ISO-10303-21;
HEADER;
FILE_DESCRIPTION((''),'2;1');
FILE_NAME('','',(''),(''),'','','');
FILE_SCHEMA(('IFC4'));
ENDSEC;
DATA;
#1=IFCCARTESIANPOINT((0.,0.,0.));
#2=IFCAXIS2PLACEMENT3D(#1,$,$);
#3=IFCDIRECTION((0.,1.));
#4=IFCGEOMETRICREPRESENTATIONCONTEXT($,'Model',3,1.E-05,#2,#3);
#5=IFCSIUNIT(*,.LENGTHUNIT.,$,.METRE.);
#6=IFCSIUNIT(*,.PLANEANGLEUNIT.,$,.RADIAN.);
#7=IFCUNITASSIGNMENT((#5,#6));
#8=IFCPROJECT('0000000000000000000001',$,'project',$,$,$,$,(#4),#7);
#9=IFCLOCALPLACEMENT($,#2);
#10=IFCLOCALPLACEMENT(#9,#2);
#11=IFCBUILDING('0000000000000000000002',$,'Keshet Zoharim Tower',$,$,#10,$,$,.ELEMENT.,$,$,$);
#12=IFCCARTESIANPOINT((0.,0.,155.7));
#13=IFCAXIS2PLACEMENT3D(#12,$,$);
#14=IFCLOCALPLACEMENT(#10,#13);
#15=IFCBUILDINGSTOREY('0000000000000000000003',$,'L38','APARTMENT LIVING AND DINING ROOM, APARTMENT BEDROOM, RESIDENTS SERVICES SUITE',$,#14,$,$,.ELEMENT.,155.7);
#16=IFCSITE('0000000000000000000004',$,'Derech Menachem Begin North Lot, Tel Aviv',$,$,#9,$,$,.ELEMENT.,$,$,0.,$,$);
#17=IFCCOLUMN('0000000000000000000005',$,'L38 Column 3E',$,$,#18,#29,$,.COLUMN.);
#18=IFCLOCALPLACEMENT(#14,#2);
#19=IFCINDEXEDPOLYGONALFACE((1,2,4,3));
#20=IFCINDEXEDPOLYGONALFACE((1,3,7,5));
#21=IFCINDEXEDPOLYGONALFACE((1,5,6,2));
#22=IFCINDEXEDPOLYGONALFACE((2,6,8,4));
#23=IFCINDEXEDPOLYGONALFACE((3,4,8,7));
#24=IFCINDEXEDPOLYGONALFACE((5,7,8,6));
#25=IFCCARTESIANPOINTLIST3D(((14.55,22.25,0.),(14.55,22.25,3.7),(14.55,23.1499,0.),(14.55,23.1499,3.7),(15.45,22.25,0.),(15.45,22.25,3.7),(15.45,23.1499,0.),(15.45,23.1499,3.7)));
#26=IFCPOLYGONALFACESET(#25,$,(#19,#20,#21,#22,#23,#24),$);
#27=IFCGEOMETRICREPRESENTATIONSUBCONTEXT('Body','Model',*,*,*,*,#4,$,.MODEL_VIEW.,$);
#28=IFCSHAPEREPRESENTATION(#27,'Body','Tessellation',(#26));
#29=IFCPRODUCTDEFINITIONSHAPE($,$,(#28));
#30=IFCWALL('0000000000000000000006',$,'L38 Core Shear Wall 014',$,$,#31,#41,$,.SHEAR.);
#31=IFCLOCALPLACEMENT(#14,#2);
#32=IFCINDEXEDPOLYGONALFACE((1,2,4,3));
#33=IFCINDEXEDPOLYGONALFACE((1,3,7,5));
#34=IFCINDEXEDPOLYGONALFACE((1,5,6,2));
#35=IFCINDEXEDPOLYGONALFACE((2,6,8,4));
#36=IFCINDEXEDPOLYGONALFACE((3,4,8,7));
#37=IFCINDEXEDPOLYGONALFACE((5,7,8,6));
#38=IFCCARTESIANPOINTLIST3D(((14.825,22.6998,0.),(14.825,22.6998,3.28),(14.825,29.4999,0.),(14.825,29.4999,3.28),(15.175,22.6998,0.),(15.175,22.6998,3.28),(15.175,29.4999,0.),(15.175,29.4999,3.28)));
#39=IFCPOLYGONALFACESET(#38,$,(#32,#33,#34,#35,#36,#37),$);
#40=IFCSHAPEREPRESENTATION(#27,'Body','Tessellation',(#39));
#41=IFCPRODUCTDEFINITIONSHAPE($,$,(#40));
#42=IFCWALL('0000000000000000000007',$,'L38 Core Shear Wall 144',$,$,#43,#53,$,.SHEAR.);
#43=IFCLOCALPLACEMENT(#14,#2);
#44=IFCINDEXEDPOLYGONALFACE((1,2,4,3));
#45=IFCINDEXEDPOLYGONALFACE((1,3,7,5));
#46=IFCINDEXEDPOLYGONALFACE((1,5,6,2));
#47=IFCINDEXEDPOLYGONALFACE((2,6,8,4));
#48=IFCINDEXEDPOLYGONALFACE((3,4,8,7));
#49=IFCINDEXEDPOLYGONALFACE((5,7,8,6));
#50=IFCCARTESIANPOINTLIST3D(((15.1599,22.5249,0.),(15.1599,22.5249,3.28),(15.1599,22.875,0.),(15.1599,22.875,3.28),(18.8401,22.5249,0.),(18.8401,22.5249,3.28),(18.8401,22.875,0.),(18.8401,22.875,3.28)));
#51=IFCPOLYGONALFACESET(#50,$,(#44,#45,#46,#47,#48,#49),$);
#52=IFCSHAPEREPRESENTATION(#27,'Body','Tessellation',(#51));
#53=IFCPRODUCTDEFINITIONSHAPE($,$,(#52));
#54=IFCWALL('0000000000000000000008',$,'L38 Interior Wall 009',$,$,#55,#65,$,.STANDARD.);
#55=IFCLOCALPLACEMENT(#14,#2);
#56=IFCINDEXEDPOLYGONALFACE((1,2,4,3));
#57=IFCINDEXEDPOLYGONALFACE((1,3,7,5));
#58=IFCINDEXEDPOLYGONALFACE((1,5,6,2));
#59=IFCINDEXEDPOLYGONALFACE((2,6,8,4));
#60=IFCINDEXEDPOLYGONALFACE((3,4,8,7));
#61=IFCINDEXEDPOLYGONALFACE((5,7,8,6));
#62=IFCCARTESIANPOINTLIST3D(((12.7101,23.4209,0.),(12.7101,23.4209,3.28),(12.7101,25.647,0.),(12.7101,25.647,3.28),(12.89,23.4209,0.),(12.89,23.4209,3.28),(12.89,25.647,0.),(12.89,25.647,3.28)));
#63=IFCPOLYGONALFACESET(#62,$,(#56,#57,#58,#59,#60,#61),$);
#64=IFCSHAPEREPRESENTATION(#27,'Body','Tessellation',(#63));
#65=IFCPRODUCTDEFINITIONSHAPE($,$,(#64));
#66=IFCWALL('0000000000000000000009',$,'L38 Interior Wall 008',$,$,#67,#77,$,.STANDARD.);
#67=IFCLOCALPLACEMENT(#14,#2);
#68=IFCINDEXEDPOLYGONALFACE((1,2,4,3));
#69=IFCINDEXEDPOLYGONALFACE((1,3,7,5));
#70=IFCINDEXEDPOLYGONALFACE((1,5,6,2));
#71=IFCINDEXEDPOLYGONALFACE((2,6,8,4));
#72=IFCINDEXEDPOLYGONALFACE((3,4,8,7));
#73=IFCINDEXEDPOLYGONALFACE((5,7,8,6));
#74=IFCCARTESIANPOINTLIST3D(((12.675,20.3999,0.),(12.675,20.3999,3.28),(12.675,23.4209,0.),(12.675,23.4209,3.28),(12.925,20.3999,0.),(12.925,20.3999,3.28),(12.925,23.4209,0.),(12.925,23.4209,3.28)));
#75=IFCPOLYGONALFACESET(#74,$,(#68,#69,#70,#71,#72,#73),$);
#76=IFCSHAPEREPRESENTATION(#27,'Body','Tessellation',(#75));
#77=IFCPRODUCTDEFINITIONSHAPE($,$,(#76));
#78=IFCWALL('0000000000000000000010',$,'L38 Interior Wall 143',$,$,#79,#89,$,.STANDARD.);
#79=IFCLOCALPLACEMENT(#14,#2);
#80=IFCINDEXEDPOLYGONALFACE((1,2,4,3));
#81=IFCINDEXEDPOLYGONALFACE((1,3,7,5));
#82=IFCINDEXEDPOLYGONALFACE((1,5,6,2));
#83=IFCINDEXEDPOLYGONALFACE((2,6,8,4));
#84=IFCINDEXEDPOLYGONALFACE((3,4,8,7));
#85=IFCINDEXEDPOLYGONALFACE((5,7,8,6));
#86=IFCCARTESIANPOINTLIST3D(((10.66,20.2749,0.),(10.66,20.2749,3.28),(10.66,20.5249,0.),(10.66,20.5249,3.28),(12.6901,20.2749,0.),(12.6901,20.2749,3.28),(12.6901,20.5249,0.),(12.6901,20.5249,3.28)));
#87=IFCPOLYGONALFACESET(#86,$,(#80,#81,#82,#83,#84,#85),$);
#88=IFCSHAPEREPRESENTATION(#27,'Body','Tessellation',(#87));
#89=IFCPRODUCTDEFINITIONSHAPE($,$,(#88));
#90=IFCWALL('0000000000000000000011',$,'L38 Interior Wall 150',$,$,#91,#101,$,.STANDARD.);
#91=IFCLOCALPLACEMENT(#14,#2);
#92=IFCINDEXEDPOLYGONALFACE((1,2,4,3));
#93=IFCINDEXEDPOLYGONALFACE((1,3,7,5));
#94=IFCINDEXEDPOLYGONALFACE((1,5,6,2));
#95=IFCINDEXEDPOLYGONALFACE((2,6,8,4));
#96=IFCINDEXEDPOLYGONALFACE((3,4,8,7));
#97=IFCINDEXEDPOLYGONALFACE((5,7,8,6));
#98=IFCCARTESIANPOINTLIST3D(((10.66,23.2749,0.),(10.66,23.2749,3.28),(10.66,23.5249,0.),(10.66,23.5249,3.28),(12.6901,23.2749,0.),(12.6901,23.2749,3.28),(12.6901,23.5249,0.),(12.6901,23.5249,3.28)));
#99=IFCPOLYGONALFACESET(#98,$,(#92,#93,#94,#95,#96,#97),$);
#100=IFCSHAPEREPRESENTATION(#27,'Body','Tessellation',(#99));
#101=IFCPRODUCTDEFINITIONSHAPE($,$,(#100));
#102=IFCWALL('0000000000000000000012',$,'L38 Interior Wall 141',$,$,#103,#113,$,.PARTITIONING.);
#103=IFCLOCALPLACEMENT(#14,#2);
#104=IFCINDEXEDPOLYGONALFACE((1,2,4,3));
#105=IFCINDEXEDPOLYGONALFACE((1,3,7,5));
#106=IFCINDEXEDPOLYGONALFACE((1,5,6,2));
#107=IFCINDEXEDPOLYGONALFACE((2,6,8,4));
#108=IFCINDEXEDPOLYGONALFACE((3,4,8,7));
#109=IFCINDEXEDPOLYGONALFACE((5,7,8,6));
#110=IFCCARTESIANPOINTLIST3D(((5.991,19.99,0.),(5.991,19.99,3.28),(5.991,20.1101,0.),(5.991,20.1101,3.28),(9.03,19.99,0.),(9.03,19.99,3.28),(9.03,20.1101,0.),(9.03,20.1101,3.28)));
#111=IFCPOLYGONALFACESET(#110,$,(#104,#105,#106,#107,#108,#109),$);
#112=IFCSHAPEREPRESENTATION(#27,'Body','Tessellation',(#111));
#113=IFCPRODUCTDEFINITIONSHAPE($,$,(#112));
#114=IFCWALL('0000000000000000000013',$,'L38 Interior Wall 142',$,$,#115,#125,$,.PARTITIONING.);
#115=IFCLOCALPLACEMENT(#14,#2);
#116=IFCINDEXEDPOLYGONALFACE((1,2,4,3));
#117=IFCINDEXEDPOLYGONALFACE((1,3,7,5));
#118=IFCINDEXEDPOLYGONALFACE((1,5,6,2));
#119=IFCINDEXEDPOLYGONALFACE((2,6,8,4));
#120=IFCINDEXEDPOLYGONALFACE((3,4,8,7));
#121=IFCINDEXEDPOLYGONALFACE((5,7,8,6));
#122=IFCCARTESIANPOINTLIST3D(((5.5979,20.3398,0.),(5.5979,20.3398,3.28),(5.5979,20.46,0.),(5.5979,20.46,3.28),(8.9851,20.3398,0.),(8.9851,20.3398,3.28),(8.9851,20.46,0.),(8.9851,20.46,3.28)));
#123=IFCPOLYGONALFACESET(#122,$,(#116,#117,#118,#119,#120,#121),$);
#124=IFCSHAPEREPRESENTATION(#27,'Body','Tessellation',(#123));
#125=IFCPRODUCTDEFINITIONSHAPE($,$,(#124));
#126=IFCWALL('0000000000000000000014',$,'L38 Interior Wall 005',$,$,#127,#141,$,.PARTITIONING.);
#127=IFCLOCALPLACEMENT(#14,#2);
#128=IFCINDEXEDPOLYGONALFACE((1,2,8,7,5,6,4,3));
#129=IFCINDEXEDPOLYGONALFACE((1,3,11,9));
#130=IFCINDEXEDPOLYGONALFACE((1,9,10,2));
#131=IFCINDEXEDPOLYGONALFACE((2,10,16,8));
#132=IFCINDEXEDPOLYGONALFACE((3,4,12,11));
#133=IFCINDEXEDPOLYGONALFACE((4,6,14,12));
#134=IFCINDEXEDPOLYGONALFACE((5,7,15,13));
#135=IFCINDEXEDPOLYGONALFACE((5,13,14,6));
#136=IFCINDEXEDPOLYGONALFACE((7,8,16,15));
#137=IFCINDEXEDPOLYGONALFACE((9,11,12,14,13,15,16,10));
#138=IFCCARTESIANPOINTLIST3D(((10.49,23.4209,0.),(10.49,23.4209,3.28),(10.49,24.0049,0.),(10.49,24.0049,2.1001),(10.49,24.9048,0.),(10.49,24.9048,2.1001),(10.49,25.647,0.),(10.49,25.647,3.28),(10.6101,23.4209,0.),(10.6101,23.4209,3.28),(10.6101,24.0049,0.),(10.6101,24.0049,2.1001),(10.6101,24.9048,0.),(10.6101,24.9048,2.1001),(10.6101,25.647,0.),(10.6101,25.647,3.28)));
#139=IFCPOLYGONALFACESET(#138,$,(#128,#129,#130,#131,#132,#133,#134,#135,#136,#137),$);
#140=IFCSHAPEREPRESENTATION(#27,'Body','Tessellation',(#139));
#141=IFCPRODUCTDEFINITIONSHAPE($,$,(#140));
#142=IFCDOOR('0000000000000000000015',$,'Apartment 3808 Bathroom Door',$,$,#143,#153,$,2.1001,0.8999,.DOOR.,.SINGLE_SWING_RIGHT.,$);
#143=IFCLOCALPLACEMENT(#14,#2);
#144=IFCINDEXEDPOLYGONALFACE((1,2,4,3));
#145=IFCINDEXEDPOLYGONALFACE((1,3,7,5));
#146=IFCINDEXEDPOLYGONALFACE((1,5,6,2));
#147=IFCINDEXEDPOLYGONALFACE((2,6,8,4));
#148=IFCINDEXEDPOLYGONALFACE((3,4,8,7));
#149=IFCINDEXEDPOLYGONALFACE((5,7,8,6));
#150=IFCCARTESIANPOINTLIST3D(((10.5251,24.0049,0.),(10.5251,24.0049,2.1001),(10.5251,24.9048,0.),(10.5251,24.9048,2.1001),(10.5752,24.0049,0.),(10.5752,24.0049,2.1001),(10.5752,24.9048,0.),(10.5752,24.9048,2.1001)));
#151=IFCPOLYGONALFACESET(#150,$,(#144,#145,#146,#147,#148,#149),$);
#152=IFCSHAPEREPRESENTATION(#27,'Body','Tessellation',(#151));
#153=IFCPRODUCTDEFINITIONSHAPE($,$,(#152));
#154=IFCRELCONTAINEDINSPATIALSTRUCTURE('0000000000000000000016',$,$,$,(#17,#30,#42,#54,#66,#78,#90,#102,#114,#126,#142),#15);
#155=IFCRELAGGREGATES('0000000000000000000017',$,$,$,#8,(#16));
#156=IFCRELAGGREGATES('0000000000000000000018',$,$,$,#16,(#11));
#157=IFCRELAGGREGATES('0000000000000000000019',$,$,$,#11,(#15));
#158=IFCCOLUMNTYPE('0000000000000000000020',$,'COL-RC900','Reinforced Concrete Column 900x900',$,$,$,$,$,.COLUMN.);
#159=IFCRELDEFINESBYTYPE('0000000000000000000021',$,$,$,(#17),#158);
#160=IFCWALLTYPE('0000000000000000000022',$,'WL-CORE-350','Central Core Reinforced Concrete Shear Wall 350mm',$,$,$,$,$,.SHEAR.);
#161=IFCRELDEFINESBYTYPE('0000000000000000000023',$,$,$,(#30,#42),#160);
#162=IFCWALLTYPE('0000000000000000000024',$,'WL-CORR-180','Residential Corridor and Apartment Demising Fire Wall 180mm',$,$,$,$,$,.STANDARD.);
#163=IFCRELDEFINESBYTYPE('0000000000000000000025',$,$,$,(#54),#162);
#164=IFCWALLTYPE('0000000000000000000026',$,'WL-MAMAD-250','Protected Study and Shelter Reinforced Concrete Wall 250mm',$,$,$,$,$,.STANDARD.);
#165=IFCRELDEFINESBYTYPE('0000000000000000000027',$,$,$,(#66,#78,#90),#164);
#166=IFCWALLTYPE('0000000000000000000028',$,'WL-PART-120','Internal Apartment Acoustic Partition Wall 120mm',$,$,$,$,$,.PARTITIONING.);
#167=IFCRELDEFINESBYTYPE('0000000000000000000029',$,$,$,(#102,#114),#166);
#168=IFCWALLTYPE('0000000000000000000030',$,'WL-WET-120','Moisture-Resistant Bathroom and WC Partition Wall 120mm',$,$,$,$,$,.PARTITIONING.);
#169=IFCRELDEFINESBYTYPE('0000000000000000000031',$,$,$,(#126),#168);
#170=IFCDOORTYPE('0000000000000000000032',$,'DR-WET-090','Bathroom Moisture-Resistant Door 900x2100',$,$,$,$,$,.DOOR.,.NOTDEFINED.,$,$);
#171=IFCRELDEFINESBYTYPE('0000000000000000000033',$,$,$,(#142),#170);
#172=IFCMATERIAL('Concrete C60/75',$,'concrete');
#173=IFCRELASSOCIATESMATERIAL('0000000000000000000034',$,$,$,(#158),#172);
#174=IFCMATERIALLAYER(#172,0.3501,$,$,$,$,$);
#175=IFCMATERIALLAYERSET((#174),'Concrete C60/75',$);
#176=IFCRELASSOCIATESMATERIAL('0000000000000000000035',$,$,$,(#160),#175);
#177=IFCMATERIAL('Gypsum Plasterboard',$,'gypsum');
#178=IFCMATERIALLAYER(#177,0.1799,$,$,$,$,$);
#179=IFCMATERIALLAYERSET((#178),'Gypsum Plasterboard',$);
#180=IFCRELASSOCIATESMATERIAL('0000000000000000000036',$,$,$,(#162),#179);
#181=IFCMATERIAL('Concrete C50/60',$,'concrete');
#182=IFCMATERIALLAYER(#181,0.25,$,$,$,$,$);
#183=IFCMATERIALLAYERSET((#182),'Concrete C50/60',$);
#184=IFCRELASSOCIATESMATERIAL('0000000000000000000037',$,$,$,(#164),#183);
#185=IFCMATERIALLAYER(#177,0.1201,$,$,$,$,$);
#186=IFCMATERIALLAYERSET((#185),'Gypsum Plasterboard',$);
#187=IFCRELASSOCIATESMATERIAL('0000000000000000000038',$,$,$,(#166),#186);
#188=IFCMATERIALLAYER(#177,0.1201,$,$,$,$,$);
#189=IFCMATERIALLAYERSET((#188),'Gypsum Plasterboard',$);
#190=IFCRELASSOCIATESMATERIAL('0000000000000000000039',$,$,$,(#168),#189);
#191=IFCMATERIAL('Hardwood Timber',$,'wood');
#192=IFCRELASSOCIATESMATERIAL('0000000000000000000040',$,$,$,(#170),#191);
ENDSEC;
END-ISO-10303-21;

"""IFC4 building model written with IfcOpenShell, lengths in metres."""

from ifc_helpers import new_model, si_unit, direction, frame, frame_2d, origin, origin_2d, place, context, subcontext, project, spatial, rectangle, extrude, material, layer, layer_set, material_profile, profile_set, type_object, element, fill, save


model = new_model("IFC4")

# Units and contexts
model_context = context("Model", 3, precision=1e-05, world=origin(), true_north=direction((0.0, 1.0)))
body_context = subcontext(model_context, "Body", "Model", "MODEL_VIEW")
ifc_project = project(units=[si_unit("LENGTHUNIT", "METRE"), si_unit("PLANEANGLEUNIT", "RADIAN")], contexts=[model_context])

# Site, building, storey
site_placement = place(None, origin())
site = spatial("IfcSite", under=ifc_project, at=site_placement, Name="Derech Menachem Begin North Lot, Tel Aviv", CompositionType="ELEMENT", RefElevation=0.0)
building_placement = place(site_placement, origin())
building = spatial("IfcBuilding", under=site, at=building_placement, Name="Keshet Zoharim Tower", CompositionType="ELEMENT")
storey_placement = place(building_placement, frame((0.0, 0.0, 155.7)))
storey = spatial("IfcBuildingStorey", under=building, at=storey_placement, Name="L38", Description="APARTMENT LIVING AND DINING ROOM, APARTMENT BEDROOM, RESIDENTS SERVICES SUITE", CompositionType="ELEMENT", Elevation=155.7)

# Column
ifc_material_1 = material(Name="Concrete C60/75", Category="concrete")
ifc_material_profile = material_profile(ifc_material_1, rectangle(XDim=0.8999, YDim=0.8999, at=origin_2d()), Name="RC900x900")
ifc_profile_set = profile_set([ifc_material_profile], Name="Concrete C60/75")
column_type = type_object("IfcColumnType", Name="COL-RC900", Description="Reinforced Concrete Column 900x900", PredefinedType="COLUMN", material=ifc_profile_set)
column_placement = place(storey_placement, frame((15.0, 22.7, 0.0), z_axis=(0.0, 0.0, 1.0), x_axis=(1.0, 0.0, 0.0)))
element("IfcColumn", 1, at=column_placement, inside=storey, type_object=column_type, Name="L38 Column 3E", PredefinedType="COLUMN", context=body_context, shape_type="SweptSolid", body=[
    extrude(rectangle(XDim=0.8999, YDim=0.8999, at=origin_2d()), origin(), (0.0, 0.0, 1.0), 3.7),
])

# Walls
ifc_layer_1 = layer(ifc_material_1, 0.3501)
ifc_layer_set_1 = layer_set([ifc_layer_1], Name="Concrete C60/75")
wall_type_1 = type_object("IfcWallType", Name="WL-CORE-350", Description="Central Core Reinforced Concrete Shear Wall 350mm", PredefinedType="SHEAR", material=ifc_layer_set_1)
wall_1_placement = place(storey_placement, frame((15.0, 22.7, 0.0), z_axis=(0.0, 0.0, 1.0), x_axis=(0.0, 1.0, 0.0)))
element("IfcWall", 2, at=wall_1_placement, inside=storey, type_object=wall_type_1, Name="L38 Core Shear Wall 014", PredefinedType="SHEAR", context=body_context, shape_type="SweptSolid", body=[
    extrude(rectangle(XDim=6.8, YDim=0.3501, at=frame_2d((3.3999, 0.0))), origin(), (0.0, 0.0, 1.0), 3.28),
])
wall_2_placement = place(storey_placement, frame((15.1599, 22.7, 0.0), z_axis=(0.0, 0.0, 1.0), x_axis=(1.0, 0.0, 0.0)))
element("IfcWall", 3, at=wall_2_placement, inside=storey, type_object=wall_type_1, Name="L38 Core Shear Wall 144", PredefinedType="SHEAR", context=body_context, shape_type="SweptSolid", body=[
    extrude(rectangle(XDim=3.6802, YDim=0.3501, at=frame_2d((1.8401, 0.0))), origin(), (0.0, 0.0, 1.0), 3.28),
])
ifc_material_2 = material(Name="Gypsum Plasterboard", Category="gypsum")
ifc_layer_2 = layer(ifc_material_2, 0.1799)
ifc_layer_set_2 = layer_set([ifc_layer_2], Name="Gypsum Plasterboard")
wall_type_2 = type_object("IfcWallType", Name="WL-CORR-180", Description="Residential Corridor and Apartment Demising Fire Wall 180mm", PredefinedType="STANDARD", material=ifc_layer_set_2)
wall_3_placement = place(storey_placement, frame((12.8, 23.4209, 0.0), z_axis=(0.0, 0.0, 1.0), x_axis=(0.0, 1.0, 0.0)))
element("IfcWall", 4, at=wall_3_placement, inside=storey, type_object=wall_type_2, Name="L38 Interior Wall 009", PredefinedType="STANDARD", context=body_context, shape_type="SweptSolid", body=[
    extrude(rectangle(XDim=2.2261, YDim=0.1799, at=frame_2d((1.113, 0.0))), origin(), (0.0, 0.0, 1.0), 3.28),
])

# Shared definitions
ifc_material_3 = material(Name="Concrete C50/60", Category="concrete")
ifc_material_4 = material(Name="Hardwood Timber", Category="wood")
ifc_layer_3 = layer(ifc_material_3, 0.25)
ifc_layer_set_3 = layer_set([ifc_layer_3], Name="Concrete C50/60")
wall_type_3 = type_object("IfcWallType", Name="WL-MAMAD-250", Description="Protected Study and Shelter Reinforced Concrete Wall 250mm", PredefinedType="STANDARD", material=ifc_layer_set_3)

# Walls
wall_4_placement = place(storey_placement, frame((12.8, 20.3999, 0.0), z_axis=(0.0, 0.0, 1.0), x_axis=(0.0, 1.0, 0.0)))
element("IfcWall", 5, at=wall_4_placement, inside=storey, type_object=wall_type_3, Name="L38 Interior Wall 008", PredefinedType="STANDARD", context=body_context, shape_type="SweptSolid", body=[
    extrude(rectangle(XDim=3.021, YDim=0.25, at=frame_2d((1.5105, 0.0))), origin(), (0.0, 0.0, 1.0), 3.28),
])
for number, where, z_axis, x_axis, name in (
    (6, (10.6599, 20.3999, 0.0), (0.0, 0.0, 1.0), (1.0, 0.0, 0.0), "L38 Interior Wall 143"),
    (7, (10.6599, 23.3999, 0.0), (0.0, 0.0, 1.0), (1.0, 0.0, 0.0), "L38 Interior Wall 150"),
):
    element("IfcWall", number, at=place(storey_placement, frame(where, z_axis=z_axis, x_axis=x_axis)), inside=storey, type_object=wall_type_3, Name=name, PredefinedType="STANDARD", context=body_context, shape_type="SweptSolid", body=[
        extrude(rectangle(XDim=2.03, YDim=0.25, at=frame_2d((1.0151, 0.0))), origin(), (0.0, 0.0, 1.0), 3.28),
    ])

# Shared definitions
ifc_layer_4 = layer(ifc_material_2, 0.1201)
ifc_layer_set_4 = layer_set([ifc_layer_4], Name="Gypsum Plasterboard")
wall_type_4 = type_object("IfcWallType", Name="WL-PART-120", Description="Internal Apartment Acoustic Partition Wall 120mm", PredefinedType="PARTITIONING", material=ifc_layer_set_4)

# Walls
wall_5_placement = place(storey_placement, frame((5.991, 20.05, 0.0), z_axis=(0.0, 0.0, 1.0), x_axis=(1.0, 0.0, 0.0)))
element("IfcWall", 8, at=wall_5_placement, inside=storey, type_object=wall_type_4, Name="L38 Interior Wall 141", PredefinedType="PARTITIONING", context=body_context, shape_type="SweptSolid", body=[
    extrude(rectangle(XDim=3.0391, YDim=0.1201, at=frame_2d((1.5195, 0.0))), origin(), (0.0, 0.0, 1.0), 3.28),
])
wall_6_placement = place(storey_placement, frame((5.5979, 20.3999, 0.0), z_axis=(0.0, 0.0, 1.0), x_axis=(1.0, 0.0, 0.0)))
element("IfcWall", 9, at=wall_6_placement, inside=storey, type_object=wall_type_4, Name="L38 Interior Wall 142", PredefinedType="PARTITIONING", context=body_context, shape_type="SweptSolid", body=[
    extrude(rectangle(XDim=3.3872, YDim=0.1201, at=frame_2d((1.6936, 0.0))), origin(), (0.0, 0.0, 1.0), 3.28),
])

# Wall, opening, door
ifc_layer_5 = layer(ifc_material_2, 0.1201)
ifc_layer_set_5 = layer_set([ifc_layer_5], Name="Gypsum Plasterboard")
wall_type_5 = type_object("IfcWallType", Name="WL-WET-120", Description="Moisture-Resistant Bathroom and WC Partition Wall 120mm", PredefinedType="PARTITIONING", material=ifc_layer_set_5)
wall_7_placement = place(storey_placement, frame((10.55, 23.4209, 0.0), z_axis=(0.0, 0.0, 1.0), x_axis=(0.0, 1.0, 0.0)))
wall_7 = element("IfcWall", 10, at=wall_7_placement, inside=storey, type_object=wall_type_5, Name="L38 Interior Wall 005", PredefinedType="PARTITIONING", context=body_context, shape_type="SweptSolid", body=[
    extrude(rectangle(XDim=2.2261, YDim=0.1201, at=frame_2d((1.113, 0.0))), origin(), (0.0, 0.0, 1.0), 3.28),
])
opening_1_placement = place(wall_7_placement, frame((0.584, 0.0, 0.0)))
opening_1 = element("IfcOpeningElement", 11, at=opening_1_placement, cuts=wall_7, PredefinedType="OPENING", context=body_context, shape_type="SweptSolid", body=[
    extrude(rectangle(XDim=0.8999, YDim=2.1001, at=frame_2d((0.45, 1.05))), frame((0.0, 0.0701, 0.0), z_axis=(0.0, -1.0, 0.0), x_axis=(1.0, 0.0, 0.0)), (0.0, 0.0, 1.0), 0.1401),
])
door_type_1 = type_object("IfcDoorType", Name="DR-WET-090", Description="Bathroom Moisture-Resistant Door 900x2100", OperationType="NOTDEFINED", PredefinedType="DOOR", material=ifc_material_4)
door_1_placement = place(opening_1_placement, origin())
door_1 = element("IfcDoor", 12, at=door_1_placement, inside=storey, type_object=door_type_1, Name="Apartment 3808 Bathroom Door", OperationType="SINGLE_SWING_RIGHT", OverallHeight=2.1001, OverallWidth=0.8999, PredefinedType="DOOR", context=body_context, shape_type="SweptSolid", body=[
    extrude(rectangle(XDim=0.8999, YDim=2.1001, at=frame_2d((0.45, 1.05))), frame((0.0, 0.0249, 0.0), z_axis=(0.0, -1.0, 0.0), x_axis=(1.0, 0.0, 0.0)), (0.0, 0.0, 1.0), 0.05),
])
fill(opening_1, door_1)

save(model, "model.ifc")
